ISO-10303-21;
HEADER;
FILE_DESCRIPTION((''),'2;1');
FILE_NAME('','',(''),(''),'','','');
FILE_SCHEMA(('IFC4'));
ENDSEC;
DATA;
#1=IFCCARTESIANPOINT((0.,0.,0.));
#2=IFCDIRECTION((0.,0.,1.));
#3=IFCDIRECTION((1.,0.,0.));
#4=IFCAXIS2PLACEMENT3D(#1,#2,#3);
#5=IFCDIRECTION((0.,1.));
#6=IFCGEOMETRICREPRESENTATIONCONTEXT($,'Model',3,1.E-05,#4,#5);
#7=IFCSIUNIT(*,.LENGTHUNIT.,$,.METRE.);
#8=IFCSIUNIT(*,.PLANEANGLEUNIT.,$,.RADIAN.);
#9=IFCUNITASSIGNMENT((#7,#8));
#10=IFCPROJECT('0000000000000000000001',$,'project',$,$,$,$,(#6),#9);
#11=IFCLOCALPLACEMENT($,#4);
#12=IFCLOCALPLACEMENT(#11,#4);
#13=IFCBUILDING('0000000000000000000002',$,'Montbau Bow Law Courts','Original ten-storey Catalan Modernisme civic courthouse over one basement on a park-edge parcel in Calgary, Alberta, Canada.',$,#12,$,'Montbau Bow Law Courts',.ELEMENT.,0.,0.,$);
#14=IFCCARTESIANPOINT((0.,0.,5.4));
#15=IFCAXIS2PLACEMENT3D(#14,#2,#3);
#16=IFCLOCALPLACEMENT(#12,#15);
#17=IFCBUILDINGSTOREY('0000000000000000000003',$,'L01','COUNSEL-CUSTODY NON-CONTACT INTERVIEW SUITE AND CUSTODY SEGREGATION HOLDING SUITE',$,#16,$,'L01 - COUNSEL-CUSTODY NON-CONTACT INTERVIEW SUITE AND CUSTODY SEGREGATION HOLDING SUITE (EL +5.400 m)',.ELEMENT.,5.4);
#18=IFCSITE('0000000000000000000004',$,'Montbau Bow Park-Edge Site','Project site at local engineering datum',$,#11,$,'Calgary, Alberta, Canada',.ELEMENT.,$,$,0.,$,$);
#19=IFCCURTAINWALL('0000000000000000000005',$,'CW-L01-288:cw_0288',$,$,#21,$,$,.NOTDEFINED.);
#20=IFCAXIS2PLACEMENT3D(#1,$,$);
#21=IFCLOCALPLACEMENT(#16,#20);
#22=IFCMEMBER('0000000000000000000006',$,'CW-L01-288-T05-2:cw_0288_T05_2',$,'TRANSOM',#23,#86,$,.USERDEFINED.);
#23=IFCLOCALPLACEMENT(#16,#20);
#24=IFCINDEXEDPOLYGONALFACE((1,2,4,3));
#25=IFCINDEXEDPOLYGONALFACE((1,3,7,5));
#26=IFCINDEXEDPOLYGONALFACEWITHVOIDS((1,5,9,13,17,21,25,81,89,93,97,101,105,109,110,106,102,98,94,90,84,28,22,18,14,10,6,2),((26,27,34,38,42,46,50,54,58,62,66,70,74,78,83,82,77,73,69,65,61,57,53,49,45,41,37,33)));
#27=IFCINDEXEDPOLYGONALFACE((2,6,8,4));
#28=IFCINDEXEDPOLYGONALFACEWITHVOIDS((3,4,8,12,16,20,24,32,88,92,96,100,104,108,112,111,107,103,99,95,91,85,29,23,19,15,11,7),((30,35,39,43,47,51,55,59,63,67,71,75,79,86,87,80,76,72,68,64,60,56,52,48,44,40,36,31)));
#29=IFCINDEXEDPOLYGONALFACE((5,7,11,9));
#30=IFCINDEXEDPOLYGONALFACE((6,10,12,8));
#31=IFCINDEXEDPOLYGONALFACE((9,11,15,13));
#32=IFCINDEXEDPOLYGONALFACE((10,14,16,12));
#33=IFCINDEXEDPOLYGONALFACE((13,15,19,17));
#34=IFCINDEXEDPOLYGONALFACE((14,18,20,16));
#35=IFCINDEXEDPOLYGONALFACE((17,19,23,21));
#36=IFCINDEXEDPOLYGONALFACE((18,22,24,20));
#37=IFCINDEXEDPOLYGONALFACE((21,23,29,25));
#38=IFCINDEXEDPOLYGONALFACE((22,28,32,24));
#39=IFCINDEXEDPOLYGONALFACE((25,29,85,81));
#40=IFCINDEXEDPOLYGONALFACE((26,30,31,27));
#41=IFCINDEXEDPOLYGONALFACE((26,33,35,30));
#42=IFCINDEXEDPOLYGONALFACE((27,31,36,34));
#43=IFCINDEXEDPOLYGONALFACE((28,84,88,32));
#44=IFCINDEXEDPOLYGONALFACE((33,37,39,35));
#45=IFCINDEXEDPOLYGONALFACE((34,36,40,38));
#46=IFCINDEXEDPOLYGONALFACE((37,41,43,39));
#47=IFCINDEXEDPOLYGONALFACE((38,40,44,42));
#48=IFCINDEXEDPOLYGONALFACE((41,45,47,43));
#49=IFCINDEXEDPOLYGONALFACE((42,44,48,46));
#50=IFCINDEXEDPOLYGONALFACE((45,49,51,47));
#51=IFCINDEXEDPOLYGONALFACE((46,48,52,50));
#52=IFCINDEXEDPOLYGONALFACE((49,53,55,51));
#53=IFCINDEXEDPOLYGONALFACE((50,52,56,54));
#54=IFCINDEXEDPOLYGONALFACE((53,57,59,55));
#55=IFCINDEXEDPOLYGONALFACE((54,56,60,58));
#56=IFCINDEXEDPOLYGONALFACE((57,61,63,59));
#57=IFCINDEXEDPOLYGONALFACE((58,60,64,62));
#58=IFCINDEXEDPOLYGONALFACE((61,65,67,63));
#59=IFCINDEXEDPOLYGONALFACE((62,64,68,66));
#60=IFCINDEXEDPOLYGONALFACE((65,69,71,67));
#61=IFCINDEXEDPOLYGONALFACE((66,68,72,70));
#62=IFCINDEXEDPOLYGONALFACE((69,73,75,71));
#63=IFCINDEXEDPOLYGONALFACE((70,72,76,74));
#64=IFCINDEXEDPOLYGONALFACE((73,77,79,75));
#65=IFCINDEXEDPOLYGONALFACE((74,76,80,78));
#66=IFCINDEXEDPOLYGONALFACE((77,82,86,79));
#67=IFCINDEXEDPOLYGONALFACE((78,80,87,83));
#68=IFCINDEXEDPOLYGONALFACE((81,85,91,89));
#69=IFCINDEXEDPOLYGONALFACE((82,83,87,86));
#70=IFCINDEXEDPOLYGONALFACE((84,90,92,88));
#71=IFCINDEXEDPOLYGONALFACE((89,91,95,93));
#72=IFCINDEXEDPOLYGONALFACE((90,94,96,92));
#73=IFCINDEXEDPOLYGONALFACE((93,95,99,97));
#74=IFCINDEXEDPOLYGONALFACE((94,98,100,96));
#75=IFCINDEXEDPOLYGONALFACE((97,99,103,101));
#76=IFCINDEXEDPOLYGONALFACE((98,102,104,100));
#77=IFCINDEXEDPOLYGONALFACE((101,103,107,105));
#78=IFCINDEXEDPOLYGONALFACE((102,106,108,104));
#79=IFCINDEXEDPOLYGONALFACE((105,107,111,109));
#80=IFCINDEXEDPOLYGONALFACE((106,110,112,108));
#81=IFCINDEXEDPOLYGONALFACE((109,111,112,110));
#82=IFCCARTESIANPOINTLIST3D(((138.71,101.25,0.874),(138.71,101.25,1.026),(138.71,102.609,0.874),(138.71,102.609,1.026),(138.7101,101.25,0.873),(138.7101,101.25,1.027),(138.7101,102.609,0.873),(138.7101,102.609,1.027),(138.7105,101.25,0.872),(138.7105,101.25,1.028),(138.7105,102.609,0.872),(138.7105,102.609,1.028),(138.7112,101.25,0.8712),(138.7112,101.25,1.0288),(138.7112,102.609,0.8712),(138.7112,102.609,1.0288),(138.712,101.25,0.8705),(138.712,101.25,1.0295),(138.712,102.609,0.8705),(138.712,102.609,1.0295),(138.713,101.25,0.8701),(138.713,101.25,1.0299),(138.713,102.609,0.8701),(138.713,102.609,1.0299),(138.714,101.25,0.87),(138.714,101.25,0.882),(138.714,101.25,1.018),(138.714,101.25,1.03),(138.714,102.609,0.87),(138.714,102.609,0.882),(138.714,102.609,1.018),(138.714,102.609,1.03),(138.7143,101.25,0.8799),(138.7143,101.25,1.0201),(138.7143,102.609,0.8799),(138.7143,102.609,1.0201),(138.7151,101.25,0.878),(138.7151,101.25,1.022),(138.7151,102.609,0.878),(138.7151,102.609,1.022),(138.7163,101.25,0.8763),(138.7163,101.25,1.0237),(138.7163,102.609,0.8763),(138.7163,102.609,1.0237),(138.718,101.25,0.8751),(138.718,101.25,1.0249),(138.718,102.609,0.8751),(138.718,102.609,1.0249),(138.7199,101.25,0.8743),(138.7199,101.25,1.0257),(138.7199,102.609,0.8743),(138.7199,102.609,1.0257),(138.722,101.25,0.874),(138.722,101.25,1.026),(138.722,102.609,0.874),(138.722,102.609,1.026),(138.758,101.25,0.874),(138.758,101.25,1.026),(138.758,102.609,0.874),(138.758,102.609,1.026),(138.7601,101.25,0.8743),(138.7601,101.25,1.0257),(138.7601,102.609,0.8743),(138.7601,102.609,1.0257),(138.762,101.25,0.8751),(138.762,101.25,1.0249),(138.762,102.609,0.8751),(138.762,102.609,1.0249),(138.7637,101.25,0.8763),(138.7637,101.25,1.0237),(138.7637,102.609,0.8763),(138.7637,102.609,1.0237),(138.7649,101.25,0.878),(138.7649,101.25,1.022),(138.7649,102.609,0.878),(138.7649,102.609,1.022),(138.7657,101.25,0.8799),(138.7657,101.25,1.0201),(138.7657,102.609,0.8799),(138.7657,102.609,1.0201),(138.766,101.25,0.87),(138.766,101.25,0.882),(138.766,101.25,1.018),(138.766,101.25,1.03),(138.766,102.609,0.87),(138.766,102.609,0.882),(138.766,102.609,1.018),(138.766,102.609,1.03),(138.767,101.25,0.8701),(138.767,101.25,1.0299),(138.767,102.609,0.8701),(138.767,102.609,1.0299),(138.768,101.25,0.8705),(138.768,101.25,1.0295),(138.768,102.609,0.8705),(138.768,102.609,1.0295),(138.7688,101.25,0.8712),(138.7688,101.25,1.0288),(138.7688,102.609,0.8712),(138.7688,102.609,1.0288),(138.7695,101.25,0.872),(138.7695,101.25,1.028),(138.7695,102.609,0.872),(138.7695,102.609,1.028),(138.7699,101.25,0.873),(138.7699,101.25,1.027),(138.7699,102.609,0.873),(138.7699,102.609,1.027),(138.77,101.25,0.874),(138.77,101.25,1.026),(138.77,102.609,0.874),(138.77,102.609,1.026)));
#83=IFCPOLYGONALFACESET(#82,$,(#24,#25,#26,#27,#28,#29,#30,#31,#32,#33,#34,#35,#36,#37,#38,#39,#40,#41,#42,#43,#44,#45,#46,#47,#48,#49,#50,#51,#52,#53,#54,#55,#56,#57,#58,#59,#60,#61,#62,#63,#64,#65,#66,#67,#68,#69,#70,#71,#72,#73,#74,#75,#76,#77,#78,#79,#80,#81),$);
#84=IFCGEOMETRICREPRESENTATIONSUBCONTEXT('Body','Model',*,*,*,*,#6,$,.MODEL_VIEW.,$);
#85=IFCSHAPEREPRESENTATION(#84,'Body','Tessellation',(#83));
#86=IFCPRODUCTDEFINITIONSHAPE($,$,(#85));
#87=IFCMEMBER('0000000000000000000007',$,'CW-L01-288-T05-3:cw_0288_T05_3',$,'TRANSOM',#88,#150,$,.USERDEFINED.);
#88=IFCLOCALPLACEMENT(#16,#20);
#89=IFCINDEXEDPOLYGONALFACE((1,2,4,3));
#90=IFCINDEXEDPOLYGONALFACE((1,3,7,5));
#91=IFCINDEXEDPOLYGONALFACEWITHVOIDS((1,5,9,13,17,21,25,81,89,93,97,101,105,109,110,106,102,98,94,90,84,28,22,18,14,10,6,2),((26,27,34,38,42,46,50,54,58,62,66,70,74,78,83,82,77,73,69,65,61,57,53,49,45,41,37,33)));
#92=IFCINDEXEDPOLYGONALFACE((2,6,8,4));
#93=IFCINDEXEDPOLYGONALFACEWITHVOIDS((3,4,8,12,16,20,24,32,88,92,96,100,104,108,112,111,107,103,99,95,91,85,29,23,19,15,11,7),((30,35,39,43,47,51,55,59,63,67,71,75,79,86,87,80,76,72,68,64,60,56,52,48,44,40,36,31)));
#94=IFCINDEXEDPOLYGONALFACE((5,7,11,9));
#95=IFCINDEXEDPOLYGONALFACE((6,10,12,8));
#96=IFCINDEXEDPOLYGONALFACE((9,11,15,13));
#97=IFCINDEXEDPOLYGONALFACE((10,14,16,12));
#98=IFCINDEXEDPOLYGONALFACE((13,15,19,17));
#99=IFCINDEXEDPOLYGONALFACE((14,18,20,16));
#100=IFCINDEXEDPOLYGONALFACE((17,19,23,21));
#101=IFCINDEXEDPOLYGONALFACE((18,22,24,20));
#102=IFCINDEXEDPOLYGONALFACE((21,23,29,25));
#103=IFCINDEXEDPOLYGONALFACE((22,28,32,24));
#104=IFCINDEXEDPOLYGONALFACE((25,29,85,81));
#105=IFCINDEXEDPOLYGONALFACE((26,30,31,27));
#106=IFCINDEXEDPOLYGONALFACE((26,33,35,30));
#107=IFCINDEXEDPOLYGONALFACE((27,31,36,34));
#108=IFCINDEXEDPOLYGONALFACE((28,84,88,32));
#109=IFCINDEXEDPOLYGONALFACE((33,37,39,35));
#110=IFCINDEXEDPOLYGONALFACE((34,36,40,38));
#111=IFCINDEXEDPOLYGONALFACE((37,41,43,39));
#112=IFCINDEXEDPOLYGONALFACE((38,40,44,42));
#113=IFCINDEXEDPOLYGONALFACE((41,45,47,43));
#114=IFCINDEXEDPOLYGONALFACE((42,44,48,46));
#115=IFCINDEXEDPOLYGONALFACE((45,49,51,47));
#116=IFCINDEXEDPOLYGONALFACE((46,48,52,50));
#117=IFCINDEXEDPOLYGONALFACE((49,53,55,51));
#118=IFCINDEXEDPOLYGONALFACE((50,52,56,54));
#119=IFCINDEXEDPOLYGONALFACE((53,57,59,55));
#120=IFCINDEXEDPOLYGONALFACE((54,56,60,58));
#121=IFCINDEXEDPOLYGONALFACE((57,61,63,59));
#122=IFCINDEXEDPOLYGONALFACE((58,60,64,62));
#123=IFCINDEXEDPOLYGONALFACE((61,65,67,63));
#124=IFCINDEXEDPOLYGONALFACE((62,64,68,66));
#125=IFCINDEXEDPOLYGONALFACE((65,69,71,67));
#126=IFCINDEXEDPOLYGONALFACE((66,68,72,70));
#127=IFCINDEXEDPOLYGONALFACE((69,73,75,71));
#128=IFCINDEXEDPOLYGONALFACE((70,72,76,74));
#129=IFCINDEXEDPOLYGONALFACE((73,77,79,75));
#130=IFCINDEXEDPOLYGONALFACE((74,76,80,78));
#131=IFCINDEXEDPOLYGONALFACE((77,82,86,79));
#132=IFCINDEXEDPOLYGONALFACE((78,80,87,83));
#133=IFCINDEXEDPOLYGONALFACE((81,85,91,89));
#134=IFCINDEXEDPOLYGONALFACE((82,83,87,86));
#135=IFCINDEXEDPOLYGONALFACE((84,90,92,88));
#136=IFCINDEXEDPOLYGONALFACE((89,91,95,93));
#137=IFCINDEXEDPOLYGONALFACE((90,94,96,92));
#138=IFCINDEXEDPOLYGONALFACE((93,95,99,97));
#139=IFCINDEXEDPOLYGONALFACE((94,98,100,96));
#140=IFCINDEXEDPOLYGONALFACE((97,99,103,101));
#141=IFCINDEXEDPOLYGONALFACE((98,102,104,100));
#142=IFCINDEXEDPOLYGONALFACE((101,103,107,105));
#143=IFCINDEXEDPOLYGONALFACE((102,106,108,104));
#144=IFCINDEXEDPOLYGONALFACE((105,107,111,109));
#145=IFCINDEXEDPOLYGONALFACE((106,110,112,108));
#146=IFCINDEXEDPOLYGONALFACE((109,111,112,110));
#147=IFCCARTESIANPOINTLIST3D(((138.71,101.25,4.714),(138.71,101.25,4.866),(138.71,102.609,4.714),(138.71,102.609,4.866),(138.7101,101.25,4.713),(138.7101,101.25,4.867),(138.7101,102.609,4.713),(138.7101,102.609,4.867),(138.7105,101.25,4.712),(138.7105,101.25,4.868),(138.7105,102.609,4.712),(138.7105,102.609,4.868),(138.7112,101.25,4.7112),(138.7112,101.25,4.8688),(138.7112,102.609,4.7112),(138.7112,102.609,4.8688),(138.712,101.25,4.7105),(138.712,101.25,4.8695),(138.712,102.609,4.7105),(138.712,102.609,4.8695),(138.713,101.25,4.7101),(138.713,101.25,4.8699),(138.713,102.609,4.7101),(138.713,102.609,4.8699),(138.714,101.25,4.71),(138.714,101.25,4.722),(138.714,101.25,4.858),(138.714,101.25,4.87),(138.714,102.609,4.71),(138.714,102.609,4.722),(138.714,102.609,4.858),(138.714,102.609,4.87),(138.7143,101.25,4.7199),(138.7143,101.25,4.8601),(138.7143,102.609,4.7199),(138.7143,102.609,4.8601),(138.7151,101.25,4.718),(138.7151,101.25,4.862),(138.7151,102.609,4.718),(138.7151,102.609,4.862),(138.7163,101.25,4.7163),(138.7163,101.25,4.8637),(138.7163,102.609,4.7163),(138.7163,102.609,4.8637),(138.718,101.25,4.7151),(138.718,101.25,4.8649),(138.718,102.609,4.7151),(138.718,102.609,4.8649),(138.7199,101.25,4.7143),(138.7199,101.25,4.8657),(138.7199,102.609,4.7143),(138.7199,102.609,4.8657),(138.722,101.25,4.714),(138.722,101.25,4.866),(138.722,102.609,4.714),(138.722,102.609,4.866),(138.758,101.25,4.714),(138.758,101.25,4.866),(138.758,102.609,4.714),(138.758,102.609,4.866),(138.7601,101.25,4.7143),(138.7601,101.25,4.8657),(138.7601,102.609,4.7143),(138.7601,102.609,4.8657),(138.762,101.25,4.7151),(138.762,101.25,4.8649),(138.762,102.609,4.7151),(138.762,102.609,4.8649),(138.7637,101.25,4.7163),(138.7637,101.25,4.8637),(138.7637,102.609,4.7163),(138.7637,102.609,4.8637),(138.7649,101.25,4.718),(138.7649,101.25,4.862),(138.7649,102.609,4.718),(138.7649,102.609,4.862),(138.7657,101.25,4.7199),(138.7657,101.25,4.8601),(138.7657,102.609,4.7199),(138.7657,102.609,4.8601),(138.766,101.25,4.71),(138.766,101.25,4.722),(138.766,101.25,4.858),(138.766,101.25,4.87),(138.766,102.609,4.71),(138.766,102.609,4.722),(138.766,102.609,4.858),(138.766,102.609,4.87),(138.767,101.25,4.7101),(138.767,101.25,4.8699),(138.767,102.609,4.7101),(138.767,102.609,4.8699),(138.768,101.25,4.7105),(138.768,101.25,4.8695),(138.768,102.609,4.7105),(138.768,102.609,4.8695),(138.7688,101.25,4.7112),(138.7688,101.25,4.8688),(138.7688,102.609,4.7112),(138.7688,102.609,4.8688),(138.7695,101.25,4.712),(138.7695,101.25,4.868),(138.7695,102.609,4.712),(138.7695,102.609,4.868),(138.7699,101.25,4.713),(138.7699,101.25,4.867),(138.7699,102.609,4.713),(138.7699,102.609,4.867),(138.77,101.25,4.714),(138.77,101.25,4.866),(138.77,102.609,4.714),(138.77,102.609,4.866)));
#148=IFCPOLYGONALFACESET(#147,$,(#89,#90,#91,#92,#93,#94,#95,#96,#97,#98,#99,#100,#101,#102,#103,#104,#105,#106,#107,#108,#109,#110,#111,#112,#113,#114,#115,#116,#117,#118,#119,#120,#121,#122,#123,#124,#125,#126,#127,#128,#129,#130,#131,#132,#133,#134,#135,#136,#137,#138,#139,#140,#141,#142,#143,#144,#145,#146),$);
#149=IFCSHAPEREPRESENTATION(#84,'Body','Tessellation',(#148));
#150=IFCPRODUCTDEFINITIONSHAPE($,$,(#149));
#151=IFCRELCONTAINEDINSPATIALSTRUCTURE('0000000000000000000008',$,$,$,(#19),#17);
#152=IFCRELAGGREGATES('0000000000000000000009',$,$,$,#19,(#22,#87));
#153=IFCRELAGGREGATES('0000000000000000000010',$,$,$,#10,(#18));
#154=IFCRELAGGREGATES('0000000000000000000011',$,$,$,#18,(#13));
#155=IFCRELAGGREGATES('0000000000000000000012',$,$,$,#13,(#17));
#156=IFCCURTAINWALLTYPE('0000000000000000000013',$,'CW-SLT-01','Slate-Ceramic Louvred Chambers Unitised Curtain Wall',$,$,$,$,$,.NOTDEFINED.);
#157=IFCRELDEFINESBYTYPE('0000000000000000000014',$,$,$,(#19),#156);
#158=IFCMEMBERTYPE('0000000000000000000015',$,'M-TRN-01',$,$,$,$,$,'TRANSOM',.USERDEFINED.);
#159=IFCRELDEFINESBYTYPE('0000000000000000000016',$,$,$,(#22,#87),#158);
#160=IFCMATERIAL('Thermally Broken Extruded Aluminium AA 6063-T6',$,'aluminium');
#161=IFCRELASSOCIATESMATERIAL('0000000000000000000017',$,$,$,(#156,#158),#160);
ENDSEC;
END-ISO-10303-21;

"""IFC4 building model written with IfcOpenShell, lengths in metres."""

from ifc_helpers import new_model, si_unit, direction, frame, origin_with_axes, origin_2d_with_axis, place, context, subcontext, project, spatial, hollow_rectangle, extrude, material, material_profile, profile_set, type_object, element, aggregate, save


model = new_model("IFC4")

# Units and contexts
model_context = context("Model", 3, precision=1e-05, world=origin_with_axes(), true_north=direction((0.0, 1.0)))
body_context = subcontext(model_context, "Body", "Model", "MODEL_VIEW")
ifc_project = project(units=[si_unit("LENGTHUNIT", "METRE"), si_unit("PLANEANGLEUNIT", "RADIAN")], contexts=[model_context])

# Site, building, storey
site_placement = place(None, origin_with_axes())
site = spatial("IfcSite", under=ifc_project, at=site_placement, Name="Montbau Bow Park-Edge Site", Description="Project site at local engineering datum", LongName="Calgary, Alberta, Canada", CompositionType="ELEMENT", RefElevation=0.0)
building_placement = place(site_placement, origin_with_axes())
building = spatial("IfcBuilding", under=site, at=building_placement, Name="Montbau Bow Law Courts", Description="Original ten-storey Catalan Modernisme civic courthouse over one basement on a park-edge parcel in Calgary, Alberta, Canada.", LongName="Montbau Bow Law Courts", CompositionType="ELEMENT", ElevationOfRefHeight=0.0, ElevationOfTerrain=0.0)
storey_placement = place(building_placement, frame((0.0, 0.0, 5.4), z_axis=(0.0, 0.0, 1.0), x_axis=(1.0, 0.0, 0.0)))
storey = spatial("IfcBuildingStorey", under=building, at=storey_placement, Name="L01", Description="COUNSEL-CUSTODY NON-CONTACT INTERVIEW SUITE AND CUSTODY SEGREGATION HOLDING SUITE", LongName="L01 - COUNSEL-CUSTODY NON-CONTACT INTERVIEW SUITE AND CUSTODY SEGREGATION HOLDING SUITE (EL +5.400 m)", CompositionType="ELEMENT", Elevation=5.4)

# Curtain wall
ifc_material_1 = material(Name="Thermally Broken Extruded Aluminium AA 6063-T6", Category="aluminium")
curtain_wall_type = type_object("IfcCurtainWallType", Name="CW-SLT-01", Description="Slate-Ceramic Louvred Chambers Unitised Curtain Wall", PredefinedType="NOTDEFINED", material=ifc_material_1)
curtain_wall_1_placement = place(None, frame((138.74, 95.315, 5.4), z_axis=(0.0, 0.0, 1.0), x_axis=(1.0, 0.0, 0.0)))
curtain_wall_1 = element("IfcCurtainWall", 1, at=curtain_wall_1_placement, inside=storey, type_object=curtain_wall_type, Name="CW-L01-288:cw_0288", PredefinedType="NOTDEFINED")

# Members
ifc_material_profile_1 = material_profile(ifc_material_1, hollow_rectangle(XDim=0.06, YDim=0.16, WallThickness=0.004, InnerFilletRadius=0.008, OuterFilletRadius=0.004, at=origin_2d_with_axis()), Name="CWT-160X60", Category="Main", Priority=0)
ifc_profile_set_1 = profile_set([ifc_material_profile_1], Name="Thermally Broken Extruded Aluminium AA 6063-T6")
member_type_1 = type_object("IfcMemberType", Name="M-TRN-01", ElementType="TRANSOM", PredefinedType="USERDEFINED", material=ifc_profile_set_1)
member_1_placement = place(None, frame((138.74, 101.25, 6.35), z_axis=(0.0, 1.0, 0.0), x_axis=(-1.0, 0.0, 0.0)))
member_1 = element("IfcMember", 2, at=member_1_placement, type_object=member_type_1, Name="CW-L01-288-T05-2:cw_0288_T05_2", ObjectType="TRANSOM", PredefinedType="USERDEFINED", context=body_context, shape_type="SweptSolid", body=[
    extrude(hollow_rectangle(XDim=0.06, YDim=0.16, WallThickness=0.004, InnerFilletRadius=0.008, OuterFilletRadius=0.004, at=origin_2d_with_axis()), origin_with_axes(), (0.0, 0.0, 1.0), 1.359),
])
member_2_placement = place(None, frame((138.74, 101.25, 10.19), z_axis=(0.0, 1.0, 0.0), x_axis=(-1.0, 0.0, 0.0)))
member_2 = element("IfcMember", 3, at=member_2_placement, type_object=member_type_1, Name="CW-L01-288-T05-3:cw_0288_T05_3", ObjectType="TRANSOM", PredefinedType="USERDEFINED", context=body_context, shape_type="SweptSolid", body=[
    extrude(hollow_rectangle(XDim=0.06, YDim=0.16, WallThickness=0.004, InnerFilletRadius=0.008, OuterFilletRadius=0.004, at=origin_2d_with_axis()), origin_with_axes(), (0.0, 0.0, 1.0), 1.359),
])

aggregate(curtain_wall_1, [member_1, member_2])

save(model, "model.ifc")
